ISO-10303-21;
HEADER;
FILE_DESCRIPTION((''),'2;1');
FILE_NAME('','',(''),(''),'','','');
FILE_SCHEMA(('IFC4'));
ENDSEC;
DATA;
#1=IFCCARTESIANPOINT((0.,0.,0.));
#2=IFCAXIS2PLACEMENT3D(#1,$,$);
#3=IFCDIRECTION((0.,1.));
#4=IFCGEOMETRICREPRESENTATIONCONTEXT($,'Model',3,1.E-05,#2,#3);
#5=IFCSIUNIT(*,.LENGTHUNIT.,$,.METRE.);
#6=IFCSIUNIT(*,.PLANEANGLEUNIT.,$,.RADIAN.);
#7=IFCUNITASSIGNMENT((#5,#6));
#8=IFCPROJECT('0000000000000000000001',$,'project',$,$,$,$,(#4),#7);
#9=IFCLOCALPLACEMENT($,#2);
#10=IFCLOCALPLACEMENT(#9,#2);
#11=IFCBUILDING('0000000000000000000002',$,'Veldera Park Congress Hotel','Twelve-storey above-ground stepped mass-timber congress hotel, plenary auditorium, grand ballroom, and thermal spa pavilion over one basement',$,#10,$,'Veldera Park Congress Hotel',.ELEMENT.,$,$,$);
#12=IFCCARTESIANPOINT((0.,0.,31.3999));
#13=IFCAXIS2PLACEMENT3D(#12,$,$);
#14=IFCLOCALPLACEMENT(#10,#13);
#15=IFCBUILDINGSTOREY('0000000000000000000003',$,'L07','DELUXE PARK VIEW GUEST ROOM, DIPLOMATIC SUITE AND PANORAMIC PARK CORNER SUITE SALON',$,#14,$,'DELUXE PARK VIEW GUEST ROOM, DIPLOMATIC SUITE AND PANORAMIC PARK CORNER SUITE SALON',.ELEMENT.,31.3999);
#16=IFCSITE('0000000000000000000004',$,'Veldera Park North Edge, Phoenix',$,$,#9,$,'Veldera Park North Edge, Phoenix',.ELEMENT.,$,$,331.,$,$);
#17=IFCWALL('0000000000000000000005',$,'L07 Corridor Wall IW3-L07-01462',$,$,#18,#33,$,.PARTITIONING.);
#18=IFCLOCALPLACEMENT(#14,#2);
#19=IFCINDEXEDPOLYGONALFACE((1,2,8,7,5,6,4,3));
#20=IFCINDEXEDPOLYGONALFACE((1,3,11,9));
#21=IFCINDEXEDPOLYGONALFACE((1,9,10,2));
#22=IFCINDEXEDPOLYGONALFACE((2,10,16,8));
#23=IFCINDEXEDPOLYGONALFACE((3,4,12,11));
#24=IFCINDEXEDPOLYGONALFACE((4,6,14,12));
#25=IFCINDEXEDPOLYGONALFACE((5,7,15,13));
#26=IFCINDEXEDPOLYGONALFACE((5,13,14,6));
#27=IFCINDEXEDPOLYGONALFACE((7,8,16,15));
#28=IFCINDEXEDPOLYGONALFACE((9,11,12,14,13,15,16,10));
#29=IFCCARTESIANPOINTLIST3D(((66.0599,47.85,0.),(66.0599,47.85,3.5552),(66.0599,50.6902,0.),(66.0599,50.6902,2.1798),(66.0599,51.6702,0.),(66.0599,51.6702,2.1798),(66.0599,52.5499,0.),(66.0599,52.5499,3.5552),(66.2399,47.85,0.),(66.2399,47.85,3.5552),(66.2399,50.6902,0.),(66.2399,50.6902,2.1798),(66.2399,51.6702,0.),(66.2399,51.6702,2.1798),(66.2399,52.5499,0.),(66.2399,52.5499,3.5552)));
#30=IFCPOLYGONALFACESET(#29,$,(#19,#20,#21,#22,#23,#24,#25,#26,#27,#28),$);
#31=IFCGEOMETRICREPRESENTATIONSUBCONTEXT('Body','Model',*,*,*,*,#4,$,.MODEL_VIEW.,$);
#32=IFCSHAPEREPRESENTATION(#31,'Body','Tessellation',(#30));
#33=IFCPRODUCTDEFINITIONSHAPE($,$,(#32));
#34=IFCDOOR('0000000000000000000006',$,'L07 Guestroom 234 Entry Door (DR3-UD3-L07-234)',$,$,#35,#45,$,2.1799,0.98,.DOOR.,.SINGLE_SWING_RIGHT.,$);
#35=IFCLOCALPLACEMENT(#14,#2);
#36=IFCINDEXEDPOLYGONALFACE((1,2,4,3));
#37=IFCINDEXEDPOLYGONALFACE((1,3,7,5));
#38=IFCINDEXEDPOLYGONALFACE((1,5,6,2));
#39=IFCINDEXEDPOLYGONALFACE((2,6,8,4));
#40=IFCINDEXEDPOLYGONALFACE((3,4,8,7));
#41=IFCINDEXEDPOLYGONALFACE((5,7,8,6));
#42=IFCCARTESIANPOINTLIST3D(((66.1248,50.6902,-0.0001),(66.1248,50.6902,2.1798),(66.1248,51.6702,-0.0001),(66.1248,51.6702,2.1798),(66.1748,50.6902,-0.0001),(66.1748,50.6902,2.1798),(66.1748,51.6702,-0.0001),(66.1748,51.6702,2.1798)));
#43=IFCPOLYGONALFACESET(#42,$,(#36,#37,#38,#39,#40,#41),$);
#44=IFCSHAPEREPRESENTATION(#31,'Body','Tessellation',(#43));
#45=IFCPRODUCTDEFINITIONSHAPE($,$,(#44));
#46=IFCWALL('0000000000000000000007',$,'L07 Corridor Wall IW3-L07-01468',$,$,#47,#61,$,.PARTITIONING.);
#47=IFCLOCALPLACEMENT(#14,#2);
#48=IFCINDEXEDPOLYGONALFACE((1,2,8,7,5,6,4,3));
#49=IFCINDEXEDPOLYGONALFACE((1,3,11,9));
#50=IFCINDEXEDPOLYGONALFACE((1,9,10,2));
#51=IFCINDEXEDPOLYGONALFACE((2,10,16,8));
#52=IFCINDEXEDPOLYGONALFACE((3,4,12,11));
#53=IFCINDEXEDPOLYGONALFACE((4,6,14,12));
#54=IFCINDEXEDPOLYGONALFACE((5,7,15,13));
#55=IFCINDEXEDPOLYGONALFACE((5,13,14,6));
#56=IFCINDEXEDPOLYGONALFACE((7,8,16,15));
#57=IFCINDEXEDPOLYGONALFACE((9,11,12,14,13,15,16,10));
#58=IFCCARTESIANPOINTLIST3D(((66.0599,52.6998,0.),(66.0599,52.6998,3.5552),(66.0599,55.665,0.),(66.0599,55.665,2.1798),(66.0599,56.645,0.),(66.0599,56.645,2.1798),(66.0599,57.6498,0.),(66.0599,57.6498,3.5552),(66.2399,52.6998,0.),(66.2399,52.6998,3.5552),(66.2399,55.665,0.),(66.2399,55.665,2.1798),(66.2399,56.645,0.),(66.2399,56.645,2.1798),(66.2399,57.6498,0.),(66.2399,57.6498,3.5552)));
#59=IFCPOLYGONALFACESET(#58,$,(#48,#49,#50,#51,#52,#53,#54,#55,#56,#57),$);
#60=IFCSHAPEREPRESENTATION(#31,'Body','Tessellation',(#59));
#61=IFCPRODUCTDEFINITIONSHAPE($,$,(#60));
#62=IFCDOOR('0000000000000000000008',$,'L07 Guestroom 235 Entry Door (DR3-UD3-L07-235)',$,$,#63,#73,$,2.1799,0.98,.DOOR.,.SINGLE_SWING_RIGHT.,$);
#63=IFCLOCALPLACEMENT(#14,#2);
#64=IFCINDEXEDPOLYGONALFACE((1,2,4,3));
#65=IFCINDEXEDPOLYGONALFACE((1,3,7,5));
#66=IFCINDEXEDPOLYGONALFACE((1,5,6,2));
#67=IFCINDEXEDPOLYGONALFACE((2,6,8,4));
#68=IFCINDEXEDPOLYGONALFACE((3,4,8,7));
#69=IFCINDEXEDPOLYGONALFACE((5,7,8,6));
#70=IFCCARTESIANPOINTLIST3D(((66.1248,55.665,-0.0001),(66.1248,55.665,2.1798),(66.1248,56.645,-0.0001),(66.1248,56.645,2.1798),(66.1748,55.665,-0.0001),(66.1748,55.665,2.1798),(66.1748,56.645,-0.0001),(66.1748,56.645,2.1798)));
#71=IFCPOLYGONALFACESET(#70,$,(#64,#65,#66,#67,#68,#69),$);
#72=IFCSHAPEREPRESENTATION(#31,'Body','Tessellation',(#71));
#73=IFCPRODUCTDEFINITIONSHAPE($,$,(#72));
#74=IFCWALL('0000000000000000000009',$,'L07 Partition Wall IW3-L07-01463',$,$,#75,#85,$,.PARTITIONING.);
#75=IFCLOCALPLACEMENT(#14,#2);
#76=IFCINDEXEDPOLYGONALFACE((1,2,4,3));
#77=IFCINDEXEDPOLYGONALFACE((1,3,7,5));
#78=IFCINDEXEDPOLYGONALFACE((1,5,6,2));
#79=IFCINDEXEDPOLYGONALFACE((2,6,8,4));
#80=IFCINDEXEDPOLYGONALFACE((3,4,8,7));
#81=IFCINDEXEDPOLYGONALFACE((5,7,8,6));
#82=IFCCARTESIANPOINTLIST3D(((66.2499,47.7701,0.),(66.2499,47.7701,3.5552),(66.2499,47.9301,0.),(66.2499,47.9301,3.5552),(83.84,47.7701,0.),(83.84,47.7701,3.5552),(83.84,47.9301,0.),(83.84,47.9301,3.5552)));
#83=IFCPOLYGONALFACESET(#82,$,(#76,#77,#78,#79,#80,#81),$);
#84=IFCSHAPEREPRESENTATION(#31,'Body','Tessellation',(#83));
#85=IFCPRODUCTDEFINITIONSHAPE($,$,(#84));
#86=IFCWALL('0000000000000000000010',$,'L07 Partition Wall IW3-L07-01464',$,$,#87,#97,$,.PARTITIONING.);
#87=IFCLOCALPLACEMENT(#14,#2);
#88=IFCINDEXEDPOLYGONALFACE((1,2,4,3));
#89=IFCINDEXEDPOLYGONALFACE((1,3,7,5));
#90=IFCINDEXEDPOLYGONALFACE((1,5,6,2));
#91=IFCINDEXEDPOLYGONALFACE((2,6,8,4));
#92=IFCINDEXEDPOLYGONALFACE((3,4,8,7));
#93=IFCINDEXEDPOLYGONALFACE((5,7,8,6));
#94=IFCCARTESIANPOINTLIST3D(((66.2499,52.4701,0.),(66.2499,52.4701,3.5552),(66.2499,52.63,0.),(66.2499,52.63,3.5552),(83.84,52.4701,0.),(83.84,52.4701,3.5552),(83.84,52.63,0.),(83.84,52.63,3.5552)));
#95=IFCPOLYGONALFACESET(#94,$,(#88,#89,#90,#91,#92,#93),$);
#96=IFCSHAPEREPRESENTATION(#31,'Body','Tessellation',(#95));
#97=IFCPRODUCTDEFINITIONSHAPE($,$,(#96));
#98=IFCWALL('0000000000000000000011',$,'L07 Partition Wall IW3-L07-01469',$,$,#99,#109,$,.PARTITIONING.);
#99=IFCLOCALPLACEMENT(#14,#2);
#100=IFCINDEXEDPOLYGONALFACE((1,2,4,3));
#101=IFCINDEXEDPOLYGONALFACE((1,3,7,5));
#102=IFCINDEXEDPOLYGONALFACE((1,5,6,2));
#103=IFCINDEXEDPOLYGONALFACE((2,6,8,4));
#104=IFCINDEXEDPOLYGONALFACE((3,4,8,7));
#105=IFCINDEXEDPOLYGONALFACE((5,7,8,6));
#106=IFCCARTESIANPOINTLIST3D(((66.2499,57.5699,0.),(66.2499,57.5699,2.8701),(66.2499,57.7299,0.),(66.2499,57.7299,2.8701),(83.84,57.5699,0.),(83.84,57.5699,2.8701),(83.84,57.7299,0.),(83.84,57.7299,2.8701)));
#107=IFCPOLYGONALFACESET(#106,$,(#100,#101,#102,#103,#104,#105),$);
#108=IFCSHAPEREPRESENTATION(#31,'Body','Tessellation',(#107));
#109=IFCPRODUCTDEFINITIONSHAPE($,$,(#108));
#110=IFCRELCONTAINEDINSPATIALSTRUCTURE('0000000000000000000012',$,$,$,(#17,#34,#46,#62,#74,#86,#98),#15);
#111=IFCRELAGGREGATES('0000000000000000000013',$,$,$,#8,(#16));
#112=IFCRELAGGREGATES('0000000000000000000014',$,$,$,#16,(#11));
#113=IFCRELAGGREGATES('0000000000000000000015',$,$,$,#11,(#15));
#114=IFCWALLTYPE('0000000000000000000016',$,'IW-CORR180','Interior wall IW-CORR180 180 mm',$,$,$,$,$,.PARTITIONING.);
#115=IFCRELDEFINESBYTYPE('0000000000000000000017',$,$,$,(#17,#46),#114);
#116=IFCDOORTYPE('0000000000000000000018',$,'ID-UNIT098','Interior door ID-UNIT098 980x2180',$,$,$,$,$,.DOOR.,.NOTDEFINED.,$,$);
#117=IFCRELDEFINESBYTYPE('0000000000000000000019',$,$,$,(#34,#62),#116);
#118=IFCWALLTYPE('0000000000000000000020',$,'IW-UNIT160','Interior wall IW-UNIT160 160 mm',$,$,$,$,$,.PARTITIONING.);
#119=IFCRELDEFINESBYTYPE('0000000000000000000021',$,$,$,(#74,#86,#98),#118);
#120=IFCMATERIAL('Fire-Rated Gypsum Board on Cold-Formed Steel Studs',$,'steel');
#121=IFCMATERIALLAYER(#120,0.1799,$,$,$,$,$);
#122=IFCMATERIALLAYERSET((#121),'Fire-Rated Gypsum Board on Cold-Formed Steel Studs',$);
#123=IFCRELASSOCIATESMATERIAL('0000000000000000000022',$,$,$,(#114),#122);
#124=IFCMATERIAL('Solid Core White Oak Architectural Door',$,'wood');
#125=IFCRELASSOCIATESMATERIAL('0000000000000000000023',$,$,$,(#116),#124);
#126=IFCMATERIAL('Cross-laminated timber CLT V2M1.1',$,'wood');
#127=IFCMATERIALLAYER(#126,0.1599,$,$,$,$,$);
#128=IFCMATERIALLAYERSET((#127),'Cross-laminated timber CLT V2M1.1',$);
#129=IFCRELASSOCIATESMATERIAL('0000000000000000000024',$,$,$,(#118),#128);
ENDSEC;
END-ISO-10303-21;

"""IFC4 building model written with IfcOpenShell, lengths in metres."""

from ifc_helpers import new_model, si_unit, direction, frame, frame_2d, origin, place, context, subcontext, project, spatial, rectangle, extrude, material, layer, layer_set, type_object, element, fill, save


model = new_model("IFC4")

# Units and contexts
model_context = context("Model", 3, precision=1e-05, world=origin(), true_north=direction((0.0, 1.0)))
body_context = subcontext(model_context, "Body", "Model", "MODEL_VIEW")
ifc_project = project(units=[si_unit("LENGTHUNIT", "METRE"), si_unit("PLANEANGLEUNIT", "RADIAN")], contexts=[model_context])

# Site, building, storey
site_placement = place(None, origin())
site = spatial("IfcSite", under=ifc_project, at=site_placement, Name="Veldera Park North Edge, Phoenix", LongName="Veldera Park North Edge, Phoenix", CompositionType="ELEMENT", RefElevation=331.0)
building_placement = place(site_placement, origin())
building = spatial("IfcBuilding", under=site, at=building_placement, Name="Veldera Park Congress Hotel", Description="Twelve-storey above-ground stepped mass-timber congress hotel, plenary auditorium, grand ballroom, and thermal spa pavilion over one basement", LongName="Veldera Park Congress Hotel", CompositionType="ELEMENT")
storey_placement = place(building_placement, frame((0.0, 0.0, 31.3999)))
storey = spatial("IfcBuildingStorey", under=building, at=storey_placement, Name="L07", Description="DELUXE PARK VIEW GUEST ROOM, DIPLOMATIC SUITE AND PANORAMIC PARK CORNER SUITE SALON", LongName="DELUXE PARK VIEW GUEST ROOM, DIPLOMATIC SUITE AND PANORAMIC PARK CORNER SUITE SALON", CompositionType="ELEMENT", Elevation=31.3999)

# Shared definitions
ifc_material_1 = material(Name="Cross-laminated timber CLT V2M1.1", Category="wood")

# Shared definitions
ifc_material_2 = material(Name="Fire-Rated Gypsum Board on Cold-Formed Steel Studs", Category="steel")

# Shared definitions
ifc_material_3 = material(Name="Solid Core White Oak Architectural Door", Category="wood")

# Walls, openings, doors
ifc_layer_1 = layer(ifc_material_2, 0.1799)
ifc_layer_set_1 = layer_set([ifc_layer_1], Name="Fire-Rated Gypsum Board on Cold-Formed Steel Studs")
wall_type_1 = type_object("IfcWallType", Name="IW-CORR180", Description="Interior wall IW-CORR180 180 mm", PredefinedType="PARTITIONING", material=ifc_layer_set_1)
wall_1_placement = place(storey_placement, frame((66.1499, 52.55, 0.0), z_axis=(0.0, 0.0, 1.0), x_axis=(0.0, -1.0, 0.0)))
wall_1 = element("IfcWall", 1, at=wall_1_placement, inside=storey, type_object=wall_type_1, Name="L07 Corridor Wall IW3-L07-01462", PredefinedType="PARTITIONING", context=body_context, shape_type="SweptSolid", body=[
    extrude(rectangle(XDim=4.7, YDim=0.1799, at=frame_2d((2.3501, 0.0))), origin(), (0.0, 0.0, 1.0), 3.5552),
])
opening_1_placement = place(wall_1_placement, frame((0.8799, 0.0, 0.0)))
opening_1 = element("IfcOpeningElement", 2, at=opening_1_placement, cuts=wall_1, PredefinedType="OPENING", context=body_context, shape_type="SweptSolid", body=[
    extrude(rectangle(XDim=0.98, YDim=2.1799, at=frame_2d((0.49, 1.0898))), frame((0.0, 0.1021, 0.0), z_axis=(0.0, -1.0, 0.0), x_axis=(1.0, 0.0, 0.0)), (0.0, 0.0, 1.0), 0.2039),
])
door_type_1 = type_object("IfcDoorType", Name="ID-UNIT098", Description="Interior door ID-UNIT098 980x2180", OperationType="NOTDEFINED", PredefinedType="DOOR", material=ifc_material_3)
door_1_placement = place(opening_1_placement, origin())
door_1 = element("IfcDoor", 3, at=door_1_placement, inside=storey, type_object=door_type_1, Name="L07 Guestroom 234 Entry Door (DR3-UD3-L07-234)", OperationType="SINGLE_SWING_RIGHT", OverallHeight=2.1799, OverallWidth=0.98, PredefinedType="DOOR", context=body_context, shape_type="SweptSolid", body=[
    extrude(rectangle(XDim=0.98, YDim=2.1799, at=frame_2d((0.49, 1.0898))), frame((0.0, 0.0249, 0.0), z_axis=(0.0, -1.0, 0.0), x_axis=(1.0, 0.0, 0.0)), (0.0, 0.0, 1.0), 0.05),
])
fill(opening_1, door_1)
wall_2_placement = place(storey_placement, frame((66.1499, 57.6499, 0.0), z_axis=(0.0, 0.0, 1.0), x_axis=(0.0, -1.0, 0.0)))
wall_2 = element("IfcWall", 4, at=wall_2_placement, inside=storey, type_object=wall_type_1, Name="L07 Corridor Wall IW3-L07-01468", PredefinedType="PARTITIONING", context=body_context, shape_type="SweptSolid", body=[
    extrude(rectangle(XDim=4.95, YDim=0.1799, at=frame_2d((2.4751, 0.0))), origin(), (0.0, 0.0, 1.0), 3.5552),
])
opening_2_placement = place(wall_2_placement, frame((1.0049, 0.0, 0.0)))
opening_2 = element("IfcOpeningElement", 5, at=opening_2_placement, cuts=wall_2, PredefinedType="OPENING", context=body_context, shape_type="SweptSolid", body=[
    extrude(rectangle(XDim=0.98, YDim=2.1799, at=frame_2d((0.49, 1.0898))), frame((0.0, 0.1021, 0.0), z_axis=(0.0, -1.0, 0.0), x_axis=(1.0, 0.0, 0.0)), (0.0, 0.0, 1.0), 0.2039),
])
door_2_placement = place(opening_2_placement, origin())
door_2 = element("IfcDoor", 6, at=door_2_placement, inside=storey, type_object=door_type_1, Name="L07 Guestroom 235 Entry Door (DR3-UD3-L07-235)", OperationType="SINGLE_SWING_RIGHT", OverallHeight=2.1799, OverallWidth=0.98, PredefinedType="DOOR", context=body_context, shape_type="SweptSolid", body=[
    extrude(rectangle(XDim=0.98, YDim=2.1799, at=frame_2d((0.49, 1.0898))), frame((0.0, 0.0249, 0.0), z_axis=(0.0, -1.0, 0.0), x_axis=(1.0, 0.0, 0.0)), (0.0, 0.0, 1.0), 0.05),
])
fill(opening_2, door_2)

# Walls
ifc_layer_2 = layer(ifc_material_1, 0.1599)
ifc_layer_set_2 = layer_set([ifc_layer_2], Name="Cross-laminated timber CLT V2M1.1")
wall_type_2 = type_object("IfcWallType", Name="IW-UNIT160", Description="Interior wall IW-UNIT160 160 mm", PredefinedType="PARTITIONING", material=ifc_layer_set_2)
for number, where, z_axis, x_axis, name in (
    (7, (66.25, 47.8501, 0.0), (0.0, 0.0, 1.0), (1.0, 0.0, 0.0), "L07 Partition Wall IW3-L07-01463"),
    (8, (66.25, 52.55, 0.0), (0.0, 0.0, 1.0), (1.0, 0.0, 0.0), "L07 Partition Wall IW3-L07-01464"),
):
    element("IfcWall", number, at=place(storey_placement, frame(where, z_axis=z_axis, x_axis=x_axis)), inside=storey, type_object=wall_type_2, Name=name, PredefinedType="PARTITIONING", context=body_context, shape_type="SweptSolid", body=[
        extrude(rectangle(XDim=17.5901, YDim=0.1599, at=frame_2d((8.7949, 0.0))), origin(), (0.0, 0.0, 1.0), 3.5552),
    ])
wall_3_placement = place(storey_placement, frame((66.25, 57.6499, 0.0), z_axis=(0.0, 0.0, 1.0), x_axis=(1.0, 0.0, 0.0)))
element("IfcWall", 9, at=wall_3_placement, inside=storey, type_object=wall_type_2, Name="L07 Partition Wall IW3-L07-01469", PredefinedType="PARTITIONING", context=body_context, shape_type="SweptSolid", body=[
    extrude(rectangle(XDim=17.5901, YDim=0.1599, at=frame_2d((8.7949, 0.0))), origin(), (0.0, 0.0, 1.0), 2.8701),
])

save(model, "model.ifc")
